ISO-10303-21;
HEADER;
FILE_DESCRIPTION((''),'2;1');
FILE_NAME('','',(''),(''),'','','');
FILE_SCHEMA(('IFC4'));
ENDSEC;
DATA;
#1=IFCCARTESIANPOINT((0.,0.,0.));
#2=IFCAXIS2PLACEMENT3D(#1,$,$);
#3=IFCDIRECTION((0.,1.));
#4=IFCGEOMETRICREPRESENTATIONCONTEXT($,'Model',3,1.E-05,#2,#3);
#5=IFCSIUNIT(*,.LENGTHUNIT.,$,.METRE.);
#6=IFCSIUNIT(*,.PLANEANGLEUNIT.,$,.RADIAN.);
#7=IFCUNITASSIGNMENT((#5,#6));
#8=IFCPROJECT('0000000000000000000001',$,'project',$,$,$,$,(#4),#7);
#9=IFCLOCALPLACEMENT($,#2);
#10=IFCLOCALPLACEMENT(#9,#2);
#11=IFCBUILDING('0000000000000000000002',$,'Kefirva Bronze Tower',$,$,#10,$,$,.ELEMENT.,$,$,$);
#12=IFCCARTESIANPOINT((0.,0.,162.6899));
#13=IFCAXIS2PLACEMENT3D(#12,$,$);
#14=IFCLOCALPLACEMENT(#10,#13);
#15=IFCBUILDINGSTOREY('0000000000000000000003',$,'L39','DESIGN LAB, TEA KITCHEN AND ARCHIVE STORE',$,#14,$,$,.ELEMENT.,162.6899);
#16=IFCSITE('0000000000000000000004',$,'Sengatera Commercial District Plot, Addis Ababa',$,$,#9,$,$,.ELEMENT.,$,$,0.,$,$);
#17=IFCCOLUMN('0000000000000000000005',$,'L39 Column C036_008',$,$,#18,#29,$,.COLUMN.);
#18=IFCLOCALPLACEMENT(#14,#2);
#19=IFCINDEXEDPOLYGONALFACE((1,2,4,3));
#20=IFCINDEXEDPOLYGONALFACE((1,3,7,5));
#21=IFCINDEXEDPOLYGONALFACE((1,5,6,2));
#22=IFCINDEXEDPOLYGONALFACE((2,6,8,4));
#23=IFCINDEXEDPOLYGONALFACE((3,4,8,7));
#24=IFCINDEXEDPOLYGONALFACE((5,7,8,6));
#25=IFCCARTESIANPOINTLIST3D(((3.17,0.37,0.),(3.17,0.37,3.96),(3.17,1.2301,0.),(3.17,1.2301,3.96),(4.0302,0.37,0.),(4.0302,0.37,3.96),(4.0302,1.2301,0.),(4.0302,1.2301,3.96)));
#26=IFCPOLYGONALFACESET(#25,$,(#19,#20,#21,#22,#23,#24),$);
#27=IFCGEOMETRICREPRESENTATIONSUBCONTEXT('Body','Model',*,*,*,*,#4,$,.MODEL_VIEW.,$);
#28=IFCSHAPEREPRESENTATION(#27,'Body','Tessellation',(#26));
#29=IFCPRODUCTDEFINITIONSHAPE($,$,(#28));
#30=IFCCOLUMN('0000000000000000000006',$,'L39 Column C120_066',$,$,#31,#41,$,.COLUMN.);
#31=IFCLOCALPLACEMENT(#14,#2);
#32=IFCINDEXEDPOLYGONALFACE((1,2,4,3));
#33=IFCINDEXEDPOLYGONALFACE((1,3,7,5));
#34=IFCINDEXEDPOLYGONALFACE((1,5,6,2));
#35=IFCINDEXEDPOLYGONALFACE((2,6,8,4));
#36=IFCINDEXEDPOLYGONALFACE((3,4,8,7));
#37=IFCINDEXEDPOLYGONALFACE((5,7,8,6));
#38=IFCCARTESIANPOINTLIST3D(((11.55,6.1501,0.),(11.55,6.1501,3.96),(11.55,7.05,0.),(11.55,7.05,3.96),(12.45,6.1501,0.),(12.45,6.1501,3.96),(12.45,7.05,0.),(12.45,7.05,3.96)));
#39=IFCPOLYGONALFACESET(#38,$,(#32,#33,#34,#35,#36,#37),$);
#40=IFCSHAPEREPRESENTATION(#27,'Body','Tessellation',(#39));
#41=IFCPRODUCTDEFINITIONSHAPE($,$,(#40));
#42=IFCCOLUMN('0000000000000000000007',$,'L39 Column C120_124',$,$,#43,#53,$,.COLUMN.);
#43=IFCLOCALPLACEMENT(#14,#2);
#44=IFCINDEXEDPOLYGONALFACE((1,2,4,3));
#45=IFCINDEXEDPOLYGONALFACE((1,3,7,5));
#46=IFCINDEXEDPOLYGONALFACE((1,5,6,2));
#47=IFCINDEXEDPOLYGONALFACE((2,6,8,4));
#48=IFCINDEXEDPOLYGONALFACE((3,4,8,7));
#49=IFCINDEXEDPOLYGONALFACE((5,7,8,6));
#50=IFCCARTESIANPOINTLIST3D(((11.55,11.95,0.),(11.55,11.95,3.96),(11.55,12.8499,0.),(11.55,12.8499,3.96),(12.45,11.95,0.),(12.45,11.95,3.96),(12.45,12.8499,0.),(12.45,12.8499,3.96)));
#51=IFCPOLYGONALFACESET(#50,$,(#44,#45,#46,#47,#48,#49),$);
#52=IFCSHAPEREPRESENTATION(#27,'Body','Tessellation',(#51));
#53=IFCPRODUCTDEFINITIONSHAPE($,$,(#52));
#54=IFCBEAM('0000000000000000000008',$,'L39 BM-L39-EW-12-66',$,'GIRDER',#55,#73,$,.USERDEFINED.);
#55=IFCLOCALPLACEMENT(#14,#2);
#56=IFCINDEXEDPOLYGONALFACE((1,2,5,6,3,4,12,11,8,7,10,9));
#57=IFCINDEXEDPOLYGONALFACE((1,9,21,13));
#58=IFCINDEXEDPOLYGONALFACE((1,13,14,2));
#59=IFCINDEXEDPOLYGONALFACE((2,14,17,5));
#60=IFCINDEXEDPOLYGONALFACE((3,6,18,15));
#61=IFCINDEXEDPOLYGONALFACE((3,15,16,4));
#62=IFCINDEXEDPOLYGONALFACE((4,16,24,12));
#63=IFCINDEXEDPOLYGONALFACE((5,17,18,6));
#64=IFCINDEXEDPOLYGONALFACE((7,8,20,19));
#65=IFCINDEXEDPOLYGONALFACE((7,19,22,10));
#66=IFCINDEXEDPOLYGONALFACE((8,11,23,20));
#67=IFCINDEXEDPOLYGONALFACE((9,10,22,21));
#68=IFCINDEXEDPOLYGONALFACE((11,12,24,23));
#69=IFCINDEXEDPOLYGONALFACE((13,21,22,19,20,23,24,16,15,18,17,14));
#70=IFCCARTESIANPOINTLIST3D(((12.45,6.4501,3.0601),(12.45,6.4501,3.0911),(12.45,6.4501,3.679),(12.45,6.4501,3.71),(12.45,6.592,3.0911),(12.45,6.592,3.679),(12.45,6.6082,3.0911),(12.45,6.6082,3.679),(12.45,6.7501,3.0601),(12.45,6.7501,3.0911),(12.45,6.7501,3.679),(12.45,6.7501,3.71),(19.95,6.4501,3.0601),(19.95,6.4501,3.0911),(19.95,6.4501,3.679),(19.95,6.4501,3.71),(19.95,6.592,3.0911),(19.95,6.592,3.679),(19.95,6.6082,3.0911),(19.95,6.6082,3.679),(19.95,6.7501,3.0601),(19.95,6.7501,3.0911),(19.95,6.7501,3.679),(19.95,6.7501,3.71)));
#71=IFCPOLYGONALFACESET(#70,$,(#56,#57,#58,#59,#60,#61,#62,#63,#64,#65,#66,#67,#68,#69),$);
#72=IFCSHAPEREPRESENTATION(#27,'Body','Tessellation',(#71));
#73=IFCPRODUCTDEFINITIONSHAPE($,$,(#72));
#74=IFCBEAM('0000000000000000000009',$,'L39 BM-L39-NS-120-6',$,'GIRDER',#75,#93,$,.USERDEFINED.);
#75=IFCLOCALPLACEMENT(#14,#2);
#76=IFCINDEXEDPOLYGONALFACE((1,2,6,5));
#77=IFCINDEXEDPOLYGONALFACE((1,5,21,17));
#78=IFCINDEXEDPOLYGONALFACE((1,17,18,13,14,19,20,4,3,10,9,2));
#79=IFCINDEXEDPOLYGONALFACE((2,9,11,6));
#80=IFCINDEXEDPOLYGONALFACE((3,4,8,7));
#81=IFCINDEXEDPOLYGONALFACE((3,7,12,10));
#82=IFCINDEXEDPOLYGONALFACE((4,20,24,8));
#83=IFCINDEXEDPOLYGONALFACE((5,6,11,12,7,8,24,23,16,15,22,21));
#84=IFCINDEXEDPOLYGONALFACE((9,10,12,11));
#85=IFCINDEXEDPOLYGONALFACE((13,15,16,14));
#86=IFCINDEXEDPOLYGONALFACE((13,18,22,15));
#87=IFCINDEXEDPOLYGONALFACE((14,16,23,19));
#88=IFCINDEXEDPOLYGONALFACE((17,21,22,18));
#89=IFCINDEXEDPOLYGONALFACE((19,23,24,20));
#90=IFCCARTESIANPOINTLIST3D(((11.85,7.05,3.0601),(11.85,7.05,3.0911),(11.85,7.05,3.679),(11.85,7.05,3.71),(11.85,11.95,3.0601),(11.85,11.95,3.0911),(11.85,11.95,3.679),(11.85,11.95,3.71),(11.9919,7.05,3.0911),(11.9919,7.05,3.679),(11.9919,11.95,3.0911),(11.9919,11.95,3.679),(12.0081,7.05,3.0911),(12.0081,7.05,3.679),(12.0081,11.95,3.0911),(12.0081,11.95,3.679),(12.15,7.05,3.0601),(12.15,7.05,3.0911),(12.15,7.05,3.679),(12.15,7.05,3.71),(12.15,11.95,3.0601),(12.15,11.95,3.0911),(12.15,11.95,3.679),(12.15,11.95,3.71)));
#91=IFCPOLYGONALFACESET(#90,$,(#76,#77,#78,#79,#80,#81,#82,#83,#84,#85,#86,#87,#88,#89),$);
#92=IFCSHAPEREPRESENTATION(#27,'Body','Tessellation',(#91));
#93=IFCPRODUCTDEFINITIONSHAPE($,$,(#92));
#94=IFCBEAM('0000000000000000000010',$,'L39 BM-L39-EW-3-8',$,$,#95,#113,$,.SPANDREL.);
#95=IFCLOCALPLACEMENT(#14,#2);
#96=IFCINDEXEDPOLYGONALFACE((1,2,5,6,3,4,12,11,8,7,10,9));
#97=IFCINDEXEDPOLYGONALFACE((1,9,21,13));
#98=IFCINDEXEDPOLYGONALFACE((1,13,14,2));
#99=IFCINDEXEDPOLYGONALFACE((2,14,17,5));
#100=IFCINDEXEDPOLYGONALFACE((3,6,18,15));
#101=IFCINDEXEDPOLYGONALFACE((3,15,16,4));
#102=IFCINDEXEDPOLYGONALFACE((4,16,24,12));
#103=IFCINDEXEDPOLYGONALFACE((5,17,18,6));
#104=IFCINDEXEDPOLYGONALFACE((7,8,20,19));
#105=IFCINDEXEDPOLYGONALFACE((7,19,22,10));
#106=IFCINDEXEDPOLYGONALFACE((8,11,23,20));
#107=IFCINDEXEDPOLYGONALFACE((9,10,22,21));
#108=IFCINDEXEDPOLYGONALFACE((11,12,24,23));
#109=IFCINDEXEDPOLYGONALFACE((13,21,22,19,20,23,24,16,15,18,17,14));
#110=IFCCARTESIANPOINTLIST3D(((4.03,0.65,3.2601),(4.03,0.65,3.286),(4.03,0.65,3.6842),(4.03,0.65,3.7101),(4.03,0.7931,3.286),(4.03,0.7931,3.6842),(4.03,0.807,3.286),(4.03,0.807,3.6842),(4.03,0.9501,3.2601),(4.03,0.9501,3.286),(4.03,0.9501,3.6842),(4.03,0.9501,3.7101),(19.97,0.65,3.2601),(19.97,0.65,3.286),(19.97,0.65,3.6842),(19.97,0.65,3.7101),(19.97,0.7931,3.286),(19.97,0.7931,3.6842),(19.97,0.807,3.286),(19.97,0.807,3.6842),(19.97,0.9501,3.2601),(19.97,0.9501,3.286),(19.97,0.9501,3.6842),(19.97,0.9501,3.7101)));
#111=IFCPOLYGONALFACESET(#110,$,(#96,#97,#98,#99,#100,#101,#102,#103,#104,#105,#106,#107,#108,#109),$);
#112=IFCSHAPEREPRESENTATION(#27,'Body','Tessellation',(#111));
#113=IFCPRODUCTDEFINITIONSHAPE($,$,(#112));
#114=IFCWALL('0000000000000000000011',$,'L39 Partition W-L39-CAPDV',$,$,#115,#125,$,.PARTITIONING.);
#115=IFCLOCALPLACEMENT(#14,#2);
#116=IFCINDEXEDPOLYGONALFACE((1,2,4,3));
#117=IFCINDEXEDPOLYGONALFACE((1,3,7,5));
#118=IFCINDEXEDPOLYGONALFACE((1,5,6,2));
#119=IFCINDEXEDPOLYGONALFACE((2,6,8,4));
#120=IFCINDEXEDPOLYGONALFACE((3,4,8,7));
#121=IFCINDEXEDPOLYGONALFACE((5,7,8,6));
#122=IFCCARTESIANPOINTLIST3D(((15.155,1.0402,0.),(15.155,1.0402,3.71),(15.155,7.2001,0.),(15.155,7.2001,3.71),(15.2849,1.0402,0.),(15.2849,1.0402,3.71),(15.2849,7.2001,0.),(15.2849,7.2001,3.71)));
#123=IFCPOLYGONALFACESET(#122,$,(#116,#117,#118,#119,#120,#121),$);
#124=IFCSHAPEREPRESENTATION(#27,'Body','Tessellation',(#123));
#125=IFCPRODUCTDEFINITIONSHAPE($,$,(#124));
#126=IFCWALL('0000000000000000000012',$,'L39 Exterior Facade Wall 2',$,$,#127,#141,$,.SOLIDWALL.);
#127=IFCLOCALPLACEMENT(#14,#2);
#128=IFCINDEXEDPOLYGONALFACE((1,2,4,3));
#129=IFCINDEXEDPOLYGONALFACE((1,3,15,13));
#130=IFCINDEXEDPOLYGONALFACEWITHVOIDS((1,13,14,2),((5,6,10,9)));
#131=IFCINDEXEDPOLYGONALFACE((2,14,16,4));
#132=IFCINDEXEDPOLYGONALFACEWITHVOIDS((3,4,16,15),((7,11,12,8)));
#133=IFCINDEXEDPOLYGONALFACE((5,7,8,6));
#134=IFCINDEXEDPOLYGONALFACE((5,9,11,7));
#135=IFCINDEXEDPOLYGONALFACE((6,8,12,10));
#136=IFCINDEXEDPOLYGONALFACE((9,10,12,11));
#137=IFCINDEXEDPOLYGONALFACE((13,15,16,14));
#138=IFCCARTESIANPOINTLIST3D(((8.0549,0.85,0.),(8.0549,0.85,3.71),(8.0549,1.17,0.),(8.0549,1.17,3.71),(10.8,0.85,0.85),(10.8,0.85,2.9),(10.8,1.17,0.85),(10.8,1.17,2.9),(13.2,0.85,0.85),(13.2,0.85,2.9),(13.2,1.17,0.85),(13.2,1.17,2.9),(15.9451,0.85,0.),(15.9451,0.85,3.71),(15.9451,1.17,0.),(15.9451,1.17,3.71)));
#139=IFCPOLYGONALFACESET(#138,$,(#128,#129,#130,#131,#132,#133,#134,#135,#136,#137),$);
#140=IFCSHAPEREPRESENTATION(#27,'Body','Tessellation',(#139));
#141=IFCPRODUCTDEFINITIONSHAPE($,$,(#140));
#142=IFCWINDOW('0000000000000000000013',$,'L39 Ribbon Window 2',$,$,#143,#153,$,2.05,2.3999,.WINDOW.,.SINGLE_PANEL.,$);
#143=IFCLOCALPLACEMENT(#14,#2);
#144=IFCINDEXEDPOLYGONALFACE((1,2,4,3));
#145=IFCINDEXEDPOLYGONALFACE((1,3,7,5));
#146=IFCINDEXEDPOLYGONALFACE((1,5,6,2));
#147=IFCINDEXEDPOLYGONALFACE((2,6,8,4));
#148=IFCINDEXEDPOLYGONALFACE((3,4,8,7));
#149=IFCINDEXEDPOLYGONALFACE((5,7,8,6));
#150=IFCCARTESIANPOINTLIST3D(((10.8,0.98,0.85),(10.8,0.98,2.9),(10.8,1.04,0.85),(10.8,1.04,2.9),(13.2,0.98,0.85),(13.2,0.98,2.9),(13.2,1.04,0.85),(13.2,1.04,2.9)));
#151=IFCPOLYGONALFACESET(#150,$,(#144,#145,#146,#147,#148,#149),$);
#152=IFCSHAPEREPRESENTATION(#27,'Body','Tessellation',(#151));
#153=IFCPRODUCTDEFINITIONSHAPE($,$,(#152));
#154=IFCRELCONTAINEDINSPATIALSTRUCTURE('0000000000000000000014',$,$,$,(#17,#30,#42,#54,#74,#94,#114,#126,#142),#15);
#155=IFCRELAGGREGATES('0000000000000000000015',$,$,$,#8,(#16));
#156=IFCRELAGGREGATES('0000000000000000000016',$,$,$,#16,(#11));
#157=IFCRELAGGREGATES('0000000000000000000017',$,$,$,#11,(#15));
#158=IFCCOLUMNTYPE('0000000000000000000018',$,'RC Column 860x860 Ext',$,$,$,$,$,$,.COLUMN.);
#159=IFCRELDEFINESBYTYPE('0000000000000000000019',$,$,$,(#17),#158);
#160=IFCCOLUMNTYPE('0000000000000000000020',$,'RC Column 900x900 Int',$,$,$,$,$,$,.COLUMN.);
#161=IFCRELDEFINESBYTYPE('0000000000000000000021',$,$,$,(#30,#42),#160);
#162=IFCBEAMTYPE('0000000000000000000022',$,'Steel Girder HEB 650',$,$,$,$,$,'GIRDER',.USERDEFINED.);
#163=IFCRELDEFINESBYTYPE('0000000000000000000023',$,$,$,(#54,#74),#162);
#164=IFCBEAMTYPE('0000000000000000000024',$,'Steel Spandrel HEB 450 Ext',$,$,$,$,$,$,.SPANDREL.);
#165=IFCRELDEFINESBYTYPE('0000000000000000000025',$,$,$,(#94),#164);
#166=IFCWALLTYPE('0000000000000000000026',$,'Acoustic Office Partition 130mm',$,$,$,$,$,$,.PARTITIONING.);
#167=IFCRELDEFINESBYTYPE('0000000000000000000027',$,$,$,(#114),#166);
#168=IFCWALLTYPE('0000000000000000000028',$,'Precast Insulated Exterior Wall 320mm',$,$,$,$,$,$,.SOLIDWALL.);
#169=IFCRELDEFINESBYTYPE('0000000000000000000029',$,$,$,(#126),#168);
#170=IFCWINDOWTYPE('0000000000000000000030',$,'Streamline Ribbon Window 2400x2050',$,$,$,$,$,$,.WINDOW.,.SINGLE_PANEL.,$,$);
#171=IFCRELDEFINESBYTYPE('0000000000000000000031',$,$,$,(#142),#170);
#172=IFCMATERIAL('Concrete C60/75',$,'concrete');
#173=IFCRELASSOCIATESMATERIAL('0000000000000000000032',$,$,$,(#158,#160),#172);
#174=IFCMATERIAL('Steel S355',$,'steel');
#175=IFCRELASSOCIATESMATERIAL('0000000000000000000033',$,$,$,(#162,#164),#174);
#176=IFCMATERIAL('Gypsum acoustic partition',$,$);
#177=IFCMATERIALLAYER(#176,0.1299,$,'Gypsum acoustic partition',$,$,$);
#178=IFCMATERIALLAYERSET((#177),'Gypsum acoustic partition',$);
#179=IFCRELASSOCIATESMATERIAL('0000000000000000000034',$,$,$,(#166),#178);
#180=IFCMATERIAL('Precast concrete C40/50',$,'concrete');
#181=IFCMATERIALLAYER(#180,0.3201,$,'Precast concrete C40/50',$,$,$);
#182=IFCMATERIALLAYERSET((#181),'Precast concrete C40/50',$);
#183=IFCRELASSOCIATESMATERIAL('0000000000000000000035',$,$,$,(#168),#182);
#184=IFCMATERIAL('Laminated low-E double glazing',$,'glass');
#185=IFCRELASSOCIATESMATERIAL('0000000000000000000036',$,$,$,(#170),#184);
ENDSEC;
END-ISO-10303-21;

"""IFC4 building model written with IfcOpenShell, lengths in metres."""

from ifc_helpers import new_model, si_unit, direction, frame, frame_2d, origin, origin_2d, place, context, subcontext, project, spatial, rectangle, i_section, extrude, material, layer, layer_set, material_profile, profile_set, type_object, element, fill, save


model = new_model("IFC4")

# Units and contexts
model_context = context("Model", 3, precision=1e-05, world=origin(), true_north=direction((0.0, 1.0)))
body_context = subcontext(model_context, "Body", "Model", "MODEL_VIEW")
ifc_project = project(units=[si_unit("LENGTHUNIT", "METRE"), si_unit("PLANEANGLEUNIT", "RADIAN")], contexts=[model_context])

# Site, building, storey
site_placement = place(None, origin())
site = spatial("IfcSite", under=ifc_project, at=site_placement, Name="Sengatera Commercial District Plot, Addis Ababa", CompositionType="ELEMENT", RefElevation=0.0)
building_placement = place(site_placement, origin())
building = spatial("IfcBuilding", under=site, at=building_placement, Name="Kefirva Bronze Tower", CompositionType="ELEMENT")
storey_placement = place(building_placement, frame((0.0, 0.0, 162.6899)))
storey = spatial("IfcBuildingStorey", under=building, at=storey_placement, Name="L39", Description="DESIGN LAB, TEA KITCHEN AND ARCHIVE STORE", CompositionType="ELEMENT", Elevation=162.6899)

# Columns
ifc_material_1 = material(Name="Concrete C60/75", Category="concrete")
ifc_material_profile_1 = material_profile(ifc_material_1, rectangle(XDim=0.8601, YDim=0.8601, at=origin_2d()), Name="RC 860x860")
ifc_profile_set_1 = profile_set([ifc_material_profile_1], Name="Concrete C60/75")
column_type_1 = type_object("IfcColumnType", Name="RC Column 860x860 Ext", PredefinedType="COLUMN", material=ifc_profile_set_1)
column_placement = place(storey_placement, frame((3.6001, 0.8, 0.0), z_axis=(0.0, 0.0, 1.0), x_axis=(1.0, 0.0, 0.0)))
element("IfcColumn", 1, at=column_placement, inside=storey, type_object=column_type_1, Name="L39 Column C036_008", PredefinedType="COLUMN", context=body_context, shape_type="SweptSolid", body=[
    extrude(rectangle(XDim=0.8601, YDim=0.8601, at=origin_2d()), origin(), (0.0, 0.0, 1.0), 3.96),
])
ifc_material_profile_2 = material_profile(ifc_material_1, rectangle(XDim=0.8999, YDim=0.8999, at=origin_2d()), Name="RC 900x900")
ifc_profile_set_2 = profile_set([ifc_material_profile_2], Name="Concrete C60/75")
column_type_2 = type_object("IfcColumnType", Name="RC Column 900x900 Int", PredefinedType="COLUMN", material=ifc_profile_set_2)
for number, where, z_axis, x_axis, name in (
    (2, (12.0, 6.6001, 0.0), (0.0, 0.0, 1.0), (1.0, 0.0, 0.0), "L39 Column C120_066"),
    (3, (12.0, 12.3999, 0.0), (0.0, 0.0, 1.0), (1.0, 0.0, 0.0), "L39 Column C120_124"),
):
    element("IfcColumn", number, at=place(storey_placement, frame(where, z_axis=z_axis, x_axis=x_axis)), inside=storey, type_object=column_type_2, Name=name, PredefinedType="COLUMN", context=body_context, shape_type="SweptSolid", body=[
        extrude(rectangle(XDim=0.8999, YDim=0.8999, at=origin_2d()), origin(), (0.0, 0.0, 1.0), 3.96),
    ])

# Beams
ifc_material_2 = material(Name="Steel S355", Category="steel")
ifc_material_profile_3 = material_profile(ifc_material_2, i_section(OverallWidth=0.3, OverallDepth=0.6499, WebThickness=0.0161, FlangeThickness=0.031, at=origin_2d()), Name="HEB 650")
ifc_profile_set_3 = profile_set([ifc_material_profile_3], Name="Steel S355")
beam_type_1 = type_object("IfcBeamType", Name="Steel Girder HEB 650", ElementType="GIRDER", PredefinedType="USERDEFINED", material=ifc_profile_set_3)
beam_1_placement = place(storey_placement, frame((12.45, 6.6001, 3.385), z_axis=(1.0, 0.0, 0.0), x_axis=(0.0, 1.0, 0.0)))
element("IfcBeam", 4, at=beam_1_placement, inside=storey, type_object=beam_type_1, Name="L39 BM-L39-EW-12-66", ObjectType="GIRDER", PredefinedType="USERDEFINED", context=body_context, shape_type="SweptSolid", body=[
    extrude(i_section(OverallWidth=0.3, OverallDepth=0.6499, WebThickness=0.0161, FlangeThickness=0.031, at=origin_2d()), origin(), (0.0, 0.0, 1.0), 7.5),
])
beam_2_placement = place(storey_placement, frame((12.0, 7.05, 3.385), z_axis=(0.0, 1.0, 0.0), x_axis=(-1.0, 0.0, 0.0)))
element("IfcBeam", 5, at=beam_2_placement, inside=storey, type_object=beam_type_1, Name="L39 BM-L39-NS-120-6", ObjectType="GIRDER", PredefinedType="USERDEFINED", context=body_context, shape_type="SweptSolid", body=[
    extrude(i_section(OverallWidth=0.3, OverallDepth=0.6499, WebThickness=0.0161, FlangeThickness=0.031, at=origin_2d()), origin(), (0.0, 0.0, 1.0), 4.8999),
])
ifc_material_profile_4 = material_profile(ifc_material_2, i_section(OverallWidth=0.3, OverallDepth=0.45, WebThickness=0.0139, FlangeThickness=0.0259, at=origin_2d()), Name="HEB 450")
ifc_profile_set_4 = profile_set([ifc_material_profile_4], Name="Steel S355")
beam_type_2 = type_object("IfcBeamType", Name="Steel Spandrel HEB 450 Ext", PredefinedType="SPANDREL", material=ifc_profile_set_4)
beam_3_placement = place(storey_placement, frame((4.03, 0.8, 3.4851), z_axis=(1.0, 0.0, 0.0), x_axis=(0.0, 1.0, 0.0)))
element("IfcBeam", 6, at=beam_3_placement, inside=storey, type_object=beam_type_2, Name="L39 BM-L39-EW-3-8", PredefinedType="SPANDREL", context=body_context, shape_type="SweptSolid", body=[
    extrude(i_section(OverallWidth=0.3, OverallDepth=0.45, WebThickness=0.0139, FlangeThickness=0.0259, at=origin_2d()), origin(), (0.0, 0.0, 1.0), 15.9399),
])

# Wall
ifc_material_3 = material(Name="Gypsum acoustic partition")
ifc_layer_1 = layer(ifc_material_3, 0.1299, Name="Gypsum acoustic partition")
ifc_layer_set_1 = layer_set([ifc_layer_1], Name="Gypsum acoustic partition")
wall_type_1 = type_object("IfcWallType", Name="Acoustic Office Partition 130mm", PredefinedType="PARTITIONING", material=ifc_layer_set_1)
wall_1_placement = place(storey_placement, frame((15.22, 1.04, 0.0), z_axis=(0.0, 0.0, 1.0), x_axis=(0.0, 1.0, 0.0)))
element("IfcWall", 7, at=wall_1_placement, inside=storey, type_object=wall_type_1, Name="L39 Partition W-L39-CAPDV", PredefinedType="PARTITIONING", context=body_context, shape_type="SweptSolid", body=[
    extrude(rectangle(XDim=6.1599, YDim=0.1299, at=frame_2d((3.0801, 0.0))), origin(), (0.0, 0.0, 1.0), 3.71),
])

# Wall, opening, window
ifc_material_4 = material(Name="Precast concrete C40/50", Category="concrete")
ifc_layer_2 = layer(ifc_material_4, 0.3201, Name="Precast concrete C40/50")
ifc_layer_set_2 = layer_set([ifc_layer_2], Name="Precast concrete C40/50")
wall_type_2 = type_object("IfcWallType", Name="Precast Insulated Exterior Wall 320mm", PredefinedType="SOLIDWALL", material=ifc_layer_set_2)
wall_2_placement = place(storey_placement, frame((8.0549, 1.01, 0.0), z_axis=(0.0, 0.0, 1.0), x_axis=(1.0, 0.0, 0.0)))
wall_2 = element("IfcWall", 8, at=wall_2_placement, inside=storey, type_object=wall_type_2, Name="L39 Exterior Facade Wall 2", PredefinedType="SOLIDWALL", context=body_context, shape_type="SweptSolid", body=[
    extrude(rectangle(XDim=7.8901, YDim=0.3201, at=frame_2d((3.9451, 0.0))), origin(), (0.0, 0.0, 1.0), 3.71),
])
opening_1_placement = place(wall_2_placement, frame((2.7451, 0.0, 0.8501)))
opening_1 = element("IfcOpeningElement", 9, at=opening_1_placement, cuts=wall_2, PredefinedType="OPENING", context=body_context, shape_type="SweptSolid", body=[
    extrude(rectangle(XDim=2.3999, YDim=2.05, at=frame_2d((1.2, 1.0249))), frame((0.0, 0.1699, 0.0), z_axis=(0.0, -1.0, 0.0), x_axis=(1.0, 0.0, 0.0)), (0.0, 0.0, 1.0), 0.3401),
])
ifc_material_5 = material(Name="Laminated low-E double glazing", Category="glass")
window_type = type_object("IfcWindowType", Name="Streamline Ribbon Window 2400x2050", PartitioningType="SINGLE_PANEL", PredefinedType="WINDOW", material=ifc_material_5)
window_1_placement = place(opening_1_placement, origin())
window_1 = element("IfcWindow", 10, at=window_1_placement, inside=storey, type_object=window_type, Name="L39 Ribbon Window 2", OverallHeight=2.05, OverallWidth=2.3999, PartitioningType="SINGLE_PANEL", PredefinedType="WINDOW", context=body_context, shape_type="SweptSolid", body=[
    extrude(rectangle(XDim=2.3999, YDim=2.05, at=frame_2d((1.2, 1.0249))), frame((0.0, 0.03, 0.0), z_axis=(0.0, -1.0, 0.0), x_axis=(1.0, 0.0, 0.0)), (0.0, 0.0, 1.0), 0.0601),
])
fill(opening_1, window_1)

save(model, "model.ifc")
